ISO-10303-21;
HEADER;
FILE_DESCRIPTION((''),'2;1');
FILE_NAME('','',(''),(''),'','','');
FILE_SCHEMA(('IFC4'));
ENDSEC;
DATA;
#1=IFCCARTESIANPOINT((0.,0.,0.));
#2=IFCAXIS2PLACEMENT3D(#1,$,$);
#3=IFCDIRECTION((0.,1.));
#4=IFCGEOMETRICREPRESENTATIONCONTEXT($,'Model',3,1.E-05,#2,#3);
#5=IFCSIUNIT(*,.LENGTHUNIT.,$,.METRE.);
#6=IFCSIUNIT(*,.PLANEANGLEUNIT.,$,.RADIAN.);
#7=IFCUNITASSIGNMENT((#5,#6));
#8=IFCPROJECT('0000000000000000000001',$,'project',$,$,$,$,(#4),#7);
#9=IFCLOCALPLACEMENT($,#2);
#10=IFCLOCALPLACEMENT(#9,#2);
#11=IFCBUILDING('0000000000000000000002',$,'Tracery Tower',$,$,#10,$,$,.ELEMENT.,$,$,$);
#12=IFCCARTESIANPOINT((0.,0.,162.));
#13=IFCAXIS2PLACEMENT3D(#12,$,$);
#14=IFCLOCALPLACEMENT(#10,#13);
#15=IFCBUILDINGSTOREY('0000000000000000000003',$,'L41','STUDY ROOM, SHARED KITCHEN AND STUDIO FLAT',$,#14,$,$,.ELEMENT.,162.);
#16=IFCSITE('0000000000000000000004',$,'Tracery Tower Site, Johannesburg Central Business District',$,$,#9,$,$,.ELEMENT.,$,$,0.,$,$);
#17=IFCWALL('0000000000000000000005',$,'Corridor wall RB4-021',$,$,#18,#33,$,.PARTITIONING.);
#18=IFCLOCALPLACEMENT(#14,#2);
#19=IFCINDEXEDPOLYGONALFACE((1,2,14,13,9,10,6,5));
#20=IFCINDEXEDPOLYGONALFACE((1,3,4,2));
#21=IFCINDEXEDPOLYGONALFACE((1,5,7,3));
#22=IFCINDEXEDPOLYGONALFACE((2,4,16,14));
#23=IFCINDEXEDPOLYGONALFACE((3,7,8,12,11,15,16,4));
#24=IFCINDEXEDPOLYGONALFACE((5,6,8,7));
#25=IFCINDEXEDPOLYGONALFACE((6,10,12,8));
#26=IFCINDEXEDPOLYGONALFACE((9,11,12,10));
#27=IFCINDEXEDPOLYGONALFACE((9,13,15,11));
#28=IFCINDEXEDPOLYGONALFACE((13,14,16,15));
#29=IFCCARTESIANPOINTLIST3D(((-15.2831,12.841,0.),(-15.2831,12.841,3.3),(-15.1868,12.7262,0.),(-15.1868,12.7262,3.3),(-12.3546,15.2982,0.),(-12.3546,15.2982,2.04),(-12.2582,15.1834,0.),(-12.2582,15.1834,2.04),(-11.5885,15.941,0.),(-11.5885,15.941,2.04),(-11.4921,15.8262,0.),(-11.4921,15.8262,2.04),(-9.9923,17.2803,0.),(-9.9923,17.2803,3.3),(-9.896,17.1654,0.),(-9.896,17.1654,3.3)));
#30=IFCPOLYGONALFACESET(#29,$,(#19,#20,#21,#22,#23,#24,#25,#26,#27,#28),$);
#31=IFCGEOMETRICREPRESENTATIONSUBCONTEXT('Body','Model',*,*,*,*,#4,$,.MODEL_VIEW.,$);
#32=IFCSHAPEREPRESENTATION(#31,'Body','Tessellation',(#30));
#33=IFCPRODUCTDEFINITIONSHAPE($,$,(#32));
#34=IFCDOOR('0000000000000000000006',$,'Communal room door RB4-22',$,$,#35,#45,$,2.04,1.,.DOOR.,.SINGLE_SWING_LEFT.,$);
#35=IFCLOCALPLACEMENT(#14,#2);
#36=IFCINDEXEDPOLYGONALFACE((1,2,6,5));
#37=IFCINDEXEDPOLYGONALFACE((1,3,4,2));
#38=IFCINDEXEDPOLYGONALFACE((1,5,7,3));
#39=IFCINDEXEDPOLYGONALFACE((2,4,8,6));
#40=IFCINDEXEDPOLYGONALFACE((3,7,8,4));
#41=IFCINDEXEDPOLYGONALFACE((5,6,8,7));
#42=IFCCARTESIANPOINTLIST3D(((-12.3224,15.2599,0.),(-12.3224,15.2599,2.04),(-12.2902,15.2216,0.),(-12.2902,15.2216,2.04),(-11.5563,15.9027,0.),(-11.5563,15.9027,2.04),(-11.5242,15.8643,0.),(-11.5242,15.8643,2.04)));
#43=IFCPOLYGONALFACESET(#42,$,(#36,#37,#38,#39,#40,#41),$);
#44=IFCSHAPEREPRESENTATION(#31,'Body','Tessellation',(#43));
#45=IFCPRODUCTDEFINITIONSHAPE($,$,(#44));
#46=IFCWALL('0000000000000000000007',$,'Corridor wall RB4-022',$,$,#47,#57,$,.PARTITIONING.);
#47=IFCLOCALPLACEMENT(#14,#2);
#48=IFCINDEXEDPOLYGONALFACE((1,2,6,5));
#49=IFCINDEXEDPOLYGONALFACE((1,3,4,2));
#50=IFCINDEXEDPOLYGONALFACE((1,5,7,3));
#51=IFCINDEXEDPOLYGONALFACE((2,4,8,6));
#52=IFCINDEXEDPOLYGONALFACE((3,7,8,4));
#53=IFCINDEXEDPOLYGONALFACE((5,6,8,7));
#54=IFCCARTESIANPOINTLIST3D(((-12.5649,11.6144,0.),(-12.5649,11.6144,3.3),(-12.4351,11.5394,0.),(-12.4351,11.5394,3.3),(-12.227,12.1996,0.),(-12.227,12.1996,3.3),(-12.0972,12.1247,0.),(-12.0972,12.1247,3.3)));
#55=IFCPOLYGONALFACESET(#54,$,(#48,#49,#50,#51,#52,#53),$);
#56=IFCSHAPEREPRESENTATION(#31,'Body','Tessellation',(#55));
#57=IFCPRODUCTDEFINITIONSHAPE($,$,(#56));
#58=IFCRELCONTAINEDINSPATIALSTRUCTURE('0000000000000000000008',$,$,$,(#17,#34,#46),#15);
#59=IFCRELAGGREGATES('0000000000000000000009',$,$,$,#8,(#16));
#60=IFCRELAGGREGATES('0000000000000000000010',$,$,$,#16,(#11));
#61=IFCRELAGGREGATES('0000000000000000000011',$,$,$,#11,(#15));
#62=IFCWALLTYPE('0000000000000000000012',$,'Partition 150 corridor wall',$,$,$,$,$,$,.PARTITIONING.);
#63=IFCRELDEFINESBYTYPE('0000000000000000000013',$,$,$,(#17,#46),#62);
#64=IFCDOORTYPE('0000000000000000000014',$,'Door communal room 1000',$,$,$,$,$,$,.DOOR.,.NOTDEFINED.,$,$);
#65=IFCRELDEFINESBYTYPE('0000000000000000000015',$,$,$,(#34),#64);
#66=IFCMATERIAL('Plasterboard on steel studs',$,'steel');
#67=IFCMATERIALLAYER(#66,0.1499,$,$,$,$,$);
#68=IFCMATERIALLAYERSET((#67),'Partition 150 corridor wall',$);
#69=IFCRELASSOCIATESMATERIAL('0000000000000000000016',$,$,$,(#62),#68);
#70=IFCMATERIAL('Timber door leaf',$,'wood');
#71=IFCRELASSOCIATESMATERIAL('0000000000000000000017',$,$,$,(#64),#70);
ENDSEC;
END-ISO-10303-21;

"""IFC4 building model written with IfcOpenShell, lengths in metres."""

from ifc_helpers import new_model, si_unit, direction, frame, frame_2d, origin, place, context, subcontext, project, spatial, rectangle, extrude, material, layer, layer_set, type_object, element, fill, save


model = new_model("IFC4")

# Units and contexts
model_context = context("Model", 3, precision=1e-05, world=origin(), true_north=direction((0.0, 1.0)))
body_context = subcontext(model_context, "Body", "Model", "MODEL_VIEW")
ifc_project = project(units=[si_unit("LENGTHUNIT", "METRE"), si_unit("PLANEANGLEUNIT", "RADIAN")], contexts=[model_context])

# Site, building, storey
site_placement = place(None, origin())
site = spatial("IfcSite", under=ifc_project, at=site_placement, Name="Tracery Tower Site, Johannesburg Central Business District", CompositionType="ELEMENT", RefElevation=0.0)
building_placement = place(site_placement, origin())
building = spatial("IfcBuilding", under=site, at=building_placement, Name="Tracery Tower", CompositionType="ELEMENT")
storey_placement = place(building_placement, frame((0.0, 0.0, 162.0)))
storey = spatial("IfcBuildingStorey", under=building, at=storey_placement, Name="L41", Description="STUDY ROOM, SHARED KITCHEN AND STUDIO FLAT", CompositionType="ELEMENT", Elevation=162.0)

# Wall, opening, door
ifc_material_1 = material(Name="Plasterboard on steel studs", Category="steel")
ifc_layer_1 = layer(ifc_material_1, 0.1499)
ifc_layer_set_1 = layer_set([ifc_layer_1], Name="Partition 150 corridor wall")
wall_type_1 = type_object("IfcWallType", Name="Partition 150 corridor wall", PredefinedType="PARTITIONING", material=ifc_layer_set_1)
ifc_material_2 = material(Name="Timber door leaf", Category="wood")
door_type = type_object("IfcDoorType", Name="Door communal room 1000", OperationType="NOTDEFINED", PredefinedType="DOOR", material=ifc_material_2)
wall_1_placement = place(storey_placement, frame((-15.2349, 12.7837, 0.0), z_axis=(0.0, 0.0, 1.0), x_axis=(0.766064, 0.642764, 0.0)))
wall_1 = element("IfcWall", 1, at=wall_1_placement, inside=storey, type_object=wall_type_1, Name="Corridor wall RB4-021", PredefinedType="PARTITIONING", context=body_context, shape_type="SweptSolid", body=[
    extrude(rectangle(XDim=6.9065, YDim=0.1499, at=frame_2d((3.4531, 0.0))), origin(), (0.0, 0.0, 1.0), 3.3),
])
opening_1_placement = place(wall_1_placement, frame((3.8228, 0.0, 0.0)))
opening_1 = element("IfcOpeningElement", 2, at=opening_1_placement, cuts=wall_1, PredefinedType="OPENING", context=body_context, shape_type="SweptSolid", body=[
    extrude(rectangle(XDim=1.0, YDim=2.04, at=frame_2d((0.5, 1.02))), frame((0.0, 0.075, 0.0), z_axis=(0.0, -1.0, 0.0), x_axis=(1.0, 0.0, 0.0)), (0.0, 0.0, 1.0), 0.1499),
])
door_1_placement = place(opening_1_placement, origin())
door_1 = element("IfcDoor", 3, at=door_1_placement, inside=storey, type_object=door_type, Name="Communal room door RB4-22", OperationType="SINGLE_SWING_LEFT", OverallHeight=2.04, OverallWidth=1.0, PredefinedType="DOOR", context=body_context, shape_type="SweptSolid", body=[
    extrude(rectangle(XDim=1.0, YDim=2.04, at=frame_2d((0.5, 1.02))), frame((0.0, 0.0249, 0.0), z_axis=(0.0, -1.0, 0.0), x_axis=(1.0, 0.0, 0.0)), (0.0, 0.0, 1.0), 0.05),
])
fill(opening_1, door_1)

# Wall
wall_2_placement = place(storey_placement, frame((-12.5, 11.5769, 0.0), z_axis=(0.0, 0.0, 1.0), x_axis=(0.500025, 0.866011, 0.0)))
element("IfcWall", 4, at=wall_2_placement, inside=storey, type_object=wall_type_1, Name="Corridor wall RB4-022", PredefinedType="PARTITIONING", context=body_context, shape_type="SweptSolid", body=[
    extrude(rectangle(XDim=0.6758, YDim=0.1499, at=frame_2d((0.3379, 0.0))), origin(), (0.0, 0.0, 1.0), 3.3),
])

save(model, "model.ifc")
